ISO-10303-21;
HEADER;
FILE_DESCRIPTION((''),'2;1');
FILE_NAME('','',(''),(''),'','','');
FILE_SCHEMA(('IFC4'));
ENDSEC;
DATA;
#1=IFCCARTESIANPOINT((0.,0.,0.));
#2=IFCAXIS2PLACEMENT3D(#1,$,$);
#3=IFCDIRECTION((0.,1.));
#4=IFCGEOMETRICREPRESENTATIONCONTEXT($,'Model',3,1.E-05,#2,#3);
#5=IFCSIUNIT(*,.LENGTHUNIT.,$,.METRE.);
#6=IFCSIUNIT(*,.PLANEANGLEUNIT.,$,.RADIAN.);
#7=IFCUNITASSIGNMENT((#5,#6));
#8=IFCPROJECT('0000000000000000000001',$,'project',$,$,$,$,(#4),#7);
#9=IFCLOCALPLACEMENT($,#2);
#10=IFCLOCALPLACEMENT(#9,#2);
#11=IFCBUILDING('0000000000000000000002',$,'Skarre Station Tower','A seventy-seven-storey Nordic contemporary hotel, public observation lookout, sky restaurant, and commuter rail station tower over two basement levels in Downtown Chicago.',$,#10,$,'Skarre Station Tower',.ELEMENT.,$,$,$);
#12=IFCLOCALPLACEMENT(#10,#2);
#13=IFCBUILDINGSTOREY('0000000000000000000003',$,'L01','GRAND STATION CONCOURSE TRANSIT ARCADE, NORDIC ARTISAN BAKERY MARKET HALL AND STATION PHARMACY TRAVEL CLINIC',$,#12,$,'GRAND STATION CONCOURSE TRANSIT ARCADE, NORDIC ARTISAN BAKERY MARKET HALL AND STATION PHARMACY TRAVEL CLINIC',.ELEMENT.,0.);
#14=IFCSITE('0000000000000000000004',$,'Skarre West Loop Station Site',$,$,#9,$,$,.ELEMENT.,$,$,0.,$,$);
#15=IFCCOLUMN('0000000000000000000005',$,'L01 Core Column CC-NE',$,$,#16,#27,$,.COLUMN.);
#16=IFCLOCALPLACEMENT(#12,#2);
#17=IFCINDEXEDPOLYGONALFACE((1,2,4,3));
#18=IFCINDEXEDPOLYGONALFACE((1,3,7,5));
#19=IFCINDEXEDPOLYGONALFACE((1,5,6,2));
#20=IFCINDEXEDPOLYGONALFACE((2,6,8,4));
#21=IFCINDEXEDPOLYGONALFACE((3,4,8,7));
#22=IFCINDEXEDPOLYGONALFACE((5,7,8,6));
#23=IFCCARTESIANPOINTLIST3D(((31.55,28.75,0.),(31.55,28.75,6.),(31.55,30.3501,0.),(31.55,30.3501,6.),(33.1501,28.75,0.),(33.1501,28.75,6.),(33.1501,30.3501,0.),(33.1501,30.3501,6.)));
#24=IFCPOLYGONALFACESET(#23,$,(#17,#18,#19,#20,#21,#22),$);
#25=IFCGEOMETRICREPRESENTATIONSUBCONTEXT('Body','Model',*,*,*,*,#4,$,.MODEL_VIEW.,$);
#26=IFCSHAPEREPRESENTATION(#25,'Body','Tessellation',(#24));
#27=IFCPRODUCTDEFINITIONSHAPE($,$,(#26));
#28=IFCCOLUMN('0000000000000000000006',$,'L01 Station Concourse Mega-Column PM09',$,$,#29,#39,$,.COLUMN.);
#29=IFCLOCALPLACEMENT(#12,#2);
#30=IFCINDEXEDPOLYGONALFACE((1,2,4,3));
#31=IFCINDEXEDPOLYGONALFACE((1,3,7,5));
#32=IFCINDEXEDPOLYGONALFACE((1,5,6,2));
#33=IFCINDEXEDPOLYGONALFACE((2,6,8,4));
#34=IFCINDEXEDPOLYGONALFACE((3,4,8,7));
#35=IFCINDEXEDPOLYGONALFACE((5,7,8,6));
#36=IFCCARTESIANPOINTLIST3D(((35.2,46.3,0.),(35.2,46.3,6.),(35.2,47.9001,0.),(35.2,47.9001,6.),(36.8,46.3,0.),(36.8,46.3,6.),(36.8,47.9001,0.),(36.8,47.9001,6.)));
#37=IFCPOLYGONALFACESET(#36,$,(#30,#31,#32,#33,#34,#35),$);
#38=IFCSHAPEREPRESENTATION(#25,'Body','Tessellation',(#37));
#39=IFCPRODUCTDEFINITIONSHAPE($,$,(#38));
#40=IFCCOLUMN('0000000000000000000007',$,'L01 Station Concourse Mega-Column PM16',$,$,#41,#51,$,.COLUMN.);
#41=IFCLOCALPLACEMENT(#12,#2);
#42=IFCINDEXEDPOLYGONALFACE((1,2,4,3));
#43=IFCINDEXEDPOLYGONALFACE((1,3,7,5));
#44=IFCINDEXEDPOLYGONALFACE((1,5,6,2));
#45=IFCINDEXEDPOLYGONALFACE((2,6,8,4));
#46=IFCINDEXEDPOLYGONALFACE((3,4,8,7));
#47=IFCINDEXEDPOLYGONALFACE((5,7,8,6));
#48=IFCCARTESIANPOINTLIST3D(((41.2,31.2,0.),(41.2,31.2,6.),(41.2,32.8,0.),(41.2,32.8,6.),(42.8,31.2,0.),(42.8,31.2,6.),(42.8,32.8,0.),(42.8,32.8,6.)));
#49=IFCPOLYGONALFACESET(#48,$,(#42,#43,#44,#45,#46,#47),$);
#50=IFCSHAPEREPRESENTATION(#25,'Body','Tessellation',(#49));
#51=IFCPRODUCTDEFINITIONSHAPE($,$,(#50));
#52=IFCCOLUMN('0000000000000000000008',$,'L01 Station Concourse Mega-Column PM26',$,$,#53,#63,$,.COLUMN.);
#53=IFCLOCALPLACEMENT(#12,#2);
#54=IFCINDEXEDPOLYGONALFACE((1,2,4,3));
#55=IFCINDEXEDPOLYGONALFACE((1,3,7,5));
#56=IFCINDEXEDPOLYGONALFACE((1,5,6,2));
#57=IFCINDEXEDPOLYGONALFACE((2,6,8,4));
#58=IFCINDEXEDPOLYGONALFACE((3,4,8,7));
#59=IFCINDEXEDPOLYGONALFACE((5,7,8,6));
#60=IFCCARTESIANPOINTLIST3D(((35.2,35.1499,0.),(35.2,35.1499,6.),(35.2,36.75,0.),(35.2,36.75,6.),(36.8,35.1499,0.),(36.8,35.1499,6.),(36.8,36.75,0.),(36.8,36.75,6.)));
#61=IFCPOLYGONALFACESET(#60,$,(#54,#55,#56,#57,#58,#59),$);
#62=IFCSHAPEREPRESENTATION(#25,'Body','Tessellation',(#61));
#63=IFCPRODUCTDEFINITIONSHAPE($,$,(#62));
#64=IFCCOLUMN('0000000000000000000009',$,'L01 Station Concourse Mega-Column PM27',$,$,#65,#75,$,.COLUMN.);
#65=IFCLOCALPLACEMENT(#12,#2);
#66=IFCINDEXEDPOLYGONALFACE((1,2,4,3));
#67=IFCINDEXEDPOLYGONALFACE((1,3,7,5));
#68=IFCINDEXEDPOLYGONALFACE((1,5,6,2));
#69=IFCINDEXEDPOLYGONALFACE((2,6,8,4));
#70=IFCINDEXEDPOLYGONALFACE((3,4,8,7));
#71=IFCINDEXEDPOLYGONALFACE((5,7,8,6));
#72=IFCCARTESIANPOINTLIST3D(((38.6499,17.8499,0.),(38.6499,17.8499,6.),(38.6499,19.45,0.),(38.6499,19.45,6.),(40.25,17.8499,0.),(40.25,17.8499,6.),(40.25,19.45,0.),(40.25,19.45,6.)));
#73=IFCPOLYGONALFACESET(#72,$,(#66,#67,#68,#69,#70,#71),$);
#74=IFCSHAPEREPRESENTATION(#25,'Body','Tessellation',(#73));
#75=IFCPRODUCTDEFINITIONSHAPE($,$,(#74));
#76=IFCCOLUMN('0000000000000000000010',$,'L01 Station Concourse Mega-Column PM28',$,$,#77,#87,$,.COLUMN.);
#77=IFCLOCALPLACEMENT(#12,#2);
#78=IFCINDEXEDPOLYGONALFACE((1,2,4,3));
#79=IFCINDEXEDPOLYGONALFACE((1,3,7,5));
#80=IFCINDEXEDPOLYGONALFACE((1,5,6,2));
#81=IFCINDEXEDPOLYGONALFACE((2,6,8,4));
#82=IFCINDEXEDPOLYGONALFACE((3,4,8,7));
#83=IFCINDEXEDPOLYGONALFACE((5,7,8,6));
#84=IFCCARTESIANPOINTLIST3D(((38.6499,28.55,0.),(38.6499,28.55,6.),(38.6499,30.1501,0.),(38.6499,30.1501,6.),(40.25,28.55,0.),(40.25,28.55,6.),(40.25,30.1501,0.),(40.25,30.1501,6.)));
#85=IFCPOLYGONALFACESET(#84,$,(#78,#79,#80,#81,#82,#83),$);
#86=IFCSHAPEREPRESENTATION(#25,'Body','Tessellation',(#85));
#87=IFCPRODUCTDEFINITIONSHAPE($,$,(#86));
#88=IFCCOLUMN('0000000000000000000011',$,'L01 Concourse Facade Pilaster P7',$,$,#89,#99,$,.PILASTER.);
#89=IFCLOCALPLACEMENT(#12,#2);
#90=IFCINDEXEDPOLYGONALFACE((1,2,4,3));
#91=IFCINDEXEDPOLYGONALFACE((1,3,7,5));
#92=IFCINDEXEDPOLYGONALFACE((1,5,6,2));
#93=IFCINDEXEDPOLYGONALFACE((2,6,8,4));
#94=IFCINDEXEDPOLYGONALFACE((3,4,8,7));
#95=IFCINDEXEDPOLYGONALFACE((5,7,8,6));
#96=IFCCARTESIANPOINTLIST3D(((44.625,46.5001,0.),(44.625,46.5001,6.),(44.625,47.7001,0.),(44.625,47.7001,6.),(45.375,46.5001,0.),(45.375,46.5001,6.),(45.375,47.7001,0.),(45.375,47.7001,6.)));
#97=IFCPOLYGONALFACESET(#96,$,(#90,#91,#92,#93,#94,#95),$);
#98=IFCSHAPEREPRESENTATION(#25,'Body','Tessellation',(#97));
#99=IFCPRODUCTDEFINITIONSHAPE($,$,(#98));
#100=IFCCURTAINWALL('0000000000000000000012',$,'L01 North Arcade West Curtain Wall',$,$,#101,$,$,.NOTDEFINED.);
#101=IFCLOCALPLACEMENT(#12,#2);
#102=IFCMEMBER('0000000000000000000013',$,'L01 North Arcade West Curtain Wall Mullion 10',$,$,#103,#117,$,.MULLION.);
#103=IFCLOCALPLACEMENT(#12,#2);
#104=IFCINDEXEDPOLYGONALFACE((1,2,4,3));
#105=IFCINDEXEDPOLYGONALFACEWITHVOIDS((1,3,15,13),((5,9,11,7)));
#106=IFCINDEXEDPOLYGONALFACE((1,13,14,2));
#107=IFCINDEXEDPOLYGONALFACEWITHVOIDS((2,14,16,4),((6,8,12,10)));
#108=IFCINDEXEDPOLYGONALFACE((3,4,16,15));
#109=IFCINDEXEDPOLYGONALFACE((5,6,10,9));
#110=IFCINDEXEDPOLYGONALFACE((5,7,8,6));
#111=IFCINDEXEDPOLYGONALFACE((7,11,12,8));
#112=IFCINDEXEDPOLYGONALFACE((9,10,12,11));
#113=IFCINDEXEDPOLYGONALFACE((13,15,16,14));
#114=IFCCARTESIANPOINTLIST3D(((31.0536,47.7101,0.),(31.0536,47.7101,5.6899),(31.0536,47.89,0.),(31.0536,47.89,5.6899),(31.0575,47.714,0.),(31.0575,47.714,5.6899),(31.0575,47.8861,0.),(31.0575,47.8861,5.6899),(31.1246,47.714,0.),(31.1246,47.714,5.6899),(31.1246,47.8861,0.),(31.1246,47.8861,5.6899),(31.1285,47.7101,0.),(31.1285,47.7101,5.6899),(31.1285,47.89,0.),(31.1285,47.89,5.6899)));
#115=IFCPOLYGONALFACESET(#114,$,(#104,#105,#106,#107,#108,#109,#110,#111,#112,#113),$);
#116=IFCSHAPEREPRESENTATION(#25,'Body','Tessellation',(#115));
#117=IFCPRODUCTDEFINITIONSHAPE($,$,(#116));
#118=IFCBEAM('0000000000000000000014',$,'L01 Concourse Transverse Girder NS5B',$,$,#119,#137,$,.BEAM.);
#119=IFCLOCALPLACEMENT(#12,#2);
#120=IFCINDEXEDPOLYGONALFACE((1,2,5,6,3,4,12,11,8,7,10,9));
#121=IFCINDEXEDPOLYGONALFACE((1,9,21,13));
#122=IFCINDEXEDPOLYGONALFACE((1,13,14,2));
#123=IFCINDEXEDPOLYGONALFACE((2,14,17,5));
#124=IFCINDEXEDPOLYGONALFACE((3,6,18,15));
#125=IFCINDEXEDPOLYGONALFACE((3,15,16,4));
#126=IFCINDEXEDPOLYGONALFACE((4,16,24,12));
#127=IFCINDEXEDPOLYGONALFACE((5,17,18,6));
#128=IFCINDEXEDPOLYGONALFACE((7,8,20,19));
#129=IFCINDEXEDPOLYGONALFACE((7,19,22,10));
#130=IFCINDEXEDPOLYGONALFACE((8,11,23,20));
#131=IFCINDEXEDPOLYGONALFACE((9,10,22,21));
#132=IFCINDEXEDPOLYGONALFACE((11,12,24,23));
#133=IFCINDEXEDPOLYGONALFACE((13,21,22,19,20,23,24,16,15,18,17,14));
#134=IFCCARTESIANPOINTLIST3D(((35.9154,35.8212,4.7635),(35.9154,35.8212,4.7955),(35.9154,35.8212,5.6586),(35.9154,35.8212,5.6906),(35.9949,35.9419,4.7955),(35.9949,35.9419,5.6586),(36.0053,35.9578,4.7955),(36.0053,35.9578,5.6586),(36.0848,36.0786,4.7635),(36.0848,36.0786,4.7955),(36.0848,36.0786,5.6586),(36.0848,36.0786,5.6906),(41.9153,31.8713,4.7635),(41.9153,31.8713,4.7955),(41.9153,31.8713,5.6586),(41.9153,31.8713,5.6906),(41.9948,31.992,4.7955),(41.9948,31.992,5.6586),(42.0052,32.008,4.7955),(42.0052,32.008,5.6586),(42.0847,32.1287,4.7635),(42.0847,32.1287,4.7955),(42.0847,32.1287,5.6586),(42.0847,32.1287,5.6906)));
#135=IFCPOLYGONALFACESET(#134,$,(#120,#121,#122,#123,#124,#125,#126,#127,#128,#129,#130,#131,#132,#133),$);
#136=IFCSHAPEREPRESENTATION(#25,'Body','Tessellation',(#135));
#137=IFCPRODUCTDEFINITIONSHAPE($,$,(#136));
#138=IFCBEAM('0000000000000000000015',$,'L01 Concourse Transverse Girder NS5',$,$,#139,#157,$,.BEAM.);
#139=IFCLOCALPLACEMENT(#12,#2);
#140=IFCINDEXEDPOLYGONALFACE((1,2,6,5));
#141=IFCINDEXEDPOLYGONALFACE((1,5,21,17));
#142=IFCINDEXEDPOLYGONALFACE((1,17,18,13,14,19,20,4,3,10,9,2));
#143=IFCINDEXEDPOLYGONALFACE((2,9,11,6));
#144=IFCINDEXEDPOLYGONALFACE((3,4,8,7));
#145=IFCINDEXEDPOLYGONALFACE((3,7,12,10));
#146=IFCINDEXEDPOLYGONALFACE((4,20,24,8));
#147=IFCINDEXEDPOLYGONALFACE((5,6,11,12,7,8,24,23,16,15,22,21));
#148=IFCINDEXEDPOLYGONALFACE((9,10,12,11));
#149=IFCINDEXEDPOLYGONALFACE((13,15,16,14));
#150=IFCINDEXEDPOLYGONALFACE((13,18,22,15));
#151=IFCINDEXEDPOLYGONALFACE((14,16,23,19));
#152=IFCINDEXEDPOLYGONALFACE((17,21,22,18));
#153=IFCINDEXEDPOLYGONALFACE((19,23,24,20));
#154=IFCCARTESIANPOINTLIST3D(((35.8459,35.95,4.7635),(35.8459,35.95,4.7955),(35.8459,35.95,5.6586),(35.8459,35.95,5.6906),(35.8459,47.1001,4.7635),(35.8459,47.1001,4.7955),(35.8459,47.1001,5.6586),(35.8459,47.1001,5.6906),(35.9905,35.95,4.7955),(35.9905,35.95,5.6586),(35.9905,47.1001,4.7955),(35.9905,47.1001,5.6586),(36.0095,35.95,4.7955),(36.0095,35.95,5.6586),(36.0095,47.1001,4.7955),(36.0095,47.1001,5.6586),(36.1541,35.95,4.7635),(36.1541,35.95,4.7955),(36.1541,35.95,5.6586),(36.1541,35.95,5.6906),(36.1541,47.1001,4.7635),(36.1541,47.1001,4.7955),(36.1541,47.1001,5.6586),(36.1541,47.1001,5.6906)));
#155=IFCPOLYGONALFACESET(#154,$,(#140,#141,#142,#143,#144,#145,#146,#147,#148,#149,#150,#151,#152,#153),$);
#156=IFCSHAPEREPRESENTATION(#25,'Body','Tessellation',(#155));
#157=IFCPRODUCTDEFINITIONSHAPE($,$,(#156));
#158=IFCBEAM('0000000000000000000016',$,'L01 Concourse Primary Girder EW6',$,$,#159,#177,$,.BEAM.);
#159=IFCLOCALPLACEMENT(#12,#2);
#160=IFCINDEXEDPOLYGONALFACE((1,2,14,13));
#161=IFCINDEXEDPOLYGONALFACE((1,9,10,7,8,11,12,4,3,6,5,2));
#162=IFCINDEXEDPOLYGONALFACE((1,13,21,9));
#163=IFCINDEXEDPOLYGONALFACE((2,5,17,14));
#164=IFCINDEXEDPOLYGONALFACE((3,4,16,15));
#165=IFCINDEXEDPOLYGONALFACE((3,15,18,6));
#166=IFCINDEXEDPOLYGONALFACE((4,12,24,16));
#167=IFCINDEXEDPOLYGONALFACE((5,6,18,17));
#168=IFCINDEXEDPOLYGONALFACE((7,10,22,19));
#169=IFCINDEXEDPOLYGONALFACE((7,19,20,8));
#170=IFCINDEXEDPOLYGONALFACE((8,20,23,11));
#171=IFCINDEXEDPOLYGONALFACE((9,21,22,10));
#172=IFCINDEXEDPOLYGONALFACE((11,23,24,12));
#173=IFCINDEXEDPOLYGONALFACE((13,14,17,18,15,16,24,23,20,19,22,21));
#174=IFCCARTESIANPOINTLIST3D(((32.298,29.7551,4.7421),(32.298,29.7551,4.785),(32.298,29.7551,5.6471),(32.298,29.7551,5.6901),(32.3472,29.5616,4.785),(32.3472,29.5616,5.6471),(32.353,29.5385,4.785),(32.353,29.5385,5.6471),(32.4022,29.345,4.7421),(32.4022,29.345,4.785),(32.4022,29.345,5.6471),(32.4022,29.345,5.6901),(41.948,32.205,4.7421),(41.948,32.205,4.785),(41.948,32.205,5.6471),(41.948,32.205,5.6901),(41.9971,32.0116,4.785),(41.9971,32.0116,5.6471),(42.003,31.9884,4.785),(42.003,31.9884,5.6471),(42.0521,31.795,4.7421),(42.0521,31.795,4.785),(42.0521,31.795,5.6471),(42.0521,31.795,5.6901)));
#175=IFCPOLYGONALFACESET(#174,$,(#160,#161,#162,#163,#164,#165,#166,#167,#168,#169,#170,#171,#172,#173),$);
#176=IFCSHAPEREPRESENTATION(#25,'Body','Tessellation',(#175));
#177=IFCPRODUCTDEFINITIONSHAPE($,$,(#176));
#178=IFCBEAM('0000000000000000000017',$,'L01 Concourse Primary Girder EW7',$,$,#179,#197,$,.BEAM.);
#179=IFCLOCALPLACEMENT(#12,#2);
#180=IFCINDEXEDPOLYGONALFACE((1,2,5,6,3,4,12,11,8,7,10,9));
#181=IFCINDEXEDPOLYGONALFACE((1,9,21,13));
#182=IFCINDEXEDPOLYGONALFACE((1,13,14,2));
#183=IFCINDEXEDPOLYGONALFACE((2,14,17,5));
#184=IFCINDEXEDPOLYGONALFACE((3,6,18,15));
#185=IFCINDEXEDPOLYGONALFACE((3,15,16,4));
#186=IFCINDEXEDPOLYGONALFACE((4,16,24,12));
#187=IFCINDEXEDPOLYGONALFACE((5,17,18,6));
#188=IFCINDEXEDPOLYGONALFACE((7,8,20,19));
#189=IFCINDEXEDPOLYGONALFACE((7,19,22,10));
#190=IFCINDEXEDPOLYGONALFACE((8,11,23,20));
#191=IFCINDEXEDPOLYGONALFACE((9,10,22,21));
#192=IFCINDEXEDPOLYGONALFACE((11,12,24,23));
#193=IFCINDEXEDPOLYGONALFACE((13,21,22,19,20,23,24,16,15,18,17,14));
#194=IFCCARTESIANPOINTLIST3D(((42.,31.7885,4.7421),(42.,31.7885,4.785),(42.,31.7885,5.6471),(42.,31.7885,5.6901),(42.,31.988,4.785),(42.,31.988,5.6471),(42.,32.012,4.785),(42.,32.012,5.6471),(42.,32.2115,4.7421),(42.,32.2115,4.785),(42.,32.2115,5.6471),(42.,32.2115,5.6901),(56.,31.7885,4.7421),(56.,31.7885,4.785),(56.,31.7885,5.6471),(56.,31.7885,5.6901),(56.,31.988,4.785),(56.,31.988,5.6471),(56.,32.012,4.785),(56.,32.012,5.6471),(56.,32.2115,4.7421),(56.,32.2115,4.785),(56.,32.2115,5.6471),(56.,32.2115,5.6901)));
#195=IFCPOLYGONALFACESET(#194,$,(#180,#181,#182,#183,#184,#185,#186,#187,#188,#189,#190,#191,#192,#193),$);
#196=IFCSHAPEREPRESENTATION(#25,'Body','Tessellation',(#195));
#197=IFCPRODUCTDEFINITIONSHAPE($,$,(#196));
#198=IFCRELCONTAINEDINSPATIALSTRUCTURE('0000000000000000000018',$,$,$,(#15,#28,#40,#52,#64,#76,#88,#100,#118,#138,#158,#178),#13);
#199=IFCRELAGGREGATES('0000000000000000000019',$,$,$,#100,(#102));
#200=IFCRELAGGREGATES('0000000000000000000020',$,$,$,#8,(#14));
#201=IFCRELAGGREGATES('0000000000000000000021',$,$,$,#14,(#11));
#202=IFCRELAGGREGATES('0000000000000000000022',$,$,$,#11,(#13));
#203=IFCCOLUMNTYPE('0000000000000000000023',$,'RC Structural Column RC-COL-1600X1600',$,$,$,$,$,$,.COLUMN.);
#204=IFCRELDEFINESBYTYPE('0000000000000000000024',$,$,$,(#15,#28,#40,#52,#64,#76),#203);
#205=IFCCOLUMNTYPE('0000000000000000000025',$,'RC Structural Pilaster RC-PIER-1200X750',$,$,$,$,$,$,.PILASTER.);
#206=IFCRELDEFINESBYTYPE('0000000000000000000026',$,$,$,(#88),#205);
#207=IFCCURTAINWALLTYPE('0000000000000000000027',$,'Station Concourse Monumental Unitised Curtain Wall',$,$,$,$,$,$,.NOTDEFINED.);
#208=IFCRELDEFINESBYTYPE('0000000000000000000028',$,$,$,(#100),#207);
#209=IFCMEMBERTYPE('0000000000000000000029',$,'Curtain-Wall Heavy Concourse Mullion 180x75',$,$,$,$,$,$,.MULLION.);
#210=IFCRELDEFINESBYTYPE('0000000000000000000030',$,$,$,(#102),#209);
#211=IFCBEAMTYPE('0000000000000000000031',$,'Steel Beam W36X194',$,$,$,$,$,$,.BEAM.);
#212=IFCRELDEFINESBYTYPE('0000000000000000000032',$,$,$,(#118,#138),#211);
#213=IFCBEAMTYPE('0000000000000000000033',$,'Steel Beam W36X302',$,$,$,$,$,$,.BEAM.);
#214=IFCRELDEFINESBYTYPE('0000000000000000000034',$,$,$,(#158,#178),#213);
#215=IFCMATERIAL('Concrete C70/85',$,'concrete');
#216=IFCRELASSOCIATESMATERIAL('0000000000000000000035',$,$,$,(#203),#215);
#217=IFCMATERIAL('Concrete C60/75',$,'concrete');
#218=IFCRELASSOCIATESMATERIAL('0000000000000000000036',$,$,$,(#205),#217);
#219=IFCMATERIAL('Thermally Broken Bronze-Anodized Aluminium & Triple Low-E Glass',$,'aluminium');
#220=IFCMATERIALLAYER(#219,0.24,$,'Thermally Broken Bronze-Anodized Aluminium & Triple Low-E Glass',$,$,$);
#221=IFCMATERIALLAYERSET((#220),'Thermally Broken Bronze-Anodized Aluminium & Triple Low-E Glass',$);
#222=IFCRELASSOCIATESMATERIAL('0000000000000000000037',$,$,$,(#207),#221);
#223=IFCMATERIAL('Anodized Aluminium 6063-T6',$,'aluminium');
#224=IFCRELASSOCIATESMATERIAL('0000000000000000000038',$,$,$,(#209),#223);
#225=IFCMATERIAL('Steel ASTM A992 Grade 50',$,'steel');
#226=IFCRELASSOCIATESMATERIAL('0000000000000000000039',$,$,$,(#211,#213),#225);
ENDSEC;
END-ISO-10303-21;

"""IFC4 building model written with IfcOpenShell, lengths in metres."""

from ifc_helpers import new_model, si_unit, direction, frame, origin, origin_2d, place, context, subcontext, project, spatial, rectangle, hollow_rectangle, i_section, extrude, material, layer, layer_set, material_profile, profile_set, type_object, element, aggregate, save


model = new_model("IFC4")

# Units and contexts
model_context = context("Model", 3, precision=1e-05, world=origin(), true_north=direction((0.0, 1.0)))
body_context = subcontext(model_context, "Body", "Model", "MODEL_VIEW")
ifc_project = project(units=[si_unit("LENGTHUNIT", "METRE"), si_unit("PLANEANGLEUNIT", "RADIAN")], contexts=[model_context])

# Site, building, storey
site_placement = place(None, origin())
site = spatial("IfcSite", under=ifc_project, at=site_placement, Name="Skarre West Loop Station Site", CompositionType="ELEMENT", RefElevation=0.0)
building_placement = place(site_placement, origin())
building = spatial("IfcBuilding", under=site, at=building_placement, Name="Skarre Station Tower", Description="A seventy-seven-storey Nordic contemporary hotel, public observation lookout, sky restaurant, and commuter rail station tower over two basement levels in Downtown Chicago.", LongName="Skarre Station Tower", CompositionType="ELEMENT")
storey_placement = place(building_placement, origin())
storey = spatial("IfcBuildingStorey", under=building, at=storey_placement, Name="L01", Description="GRAND STATION CONCOURSE TRANSIT ARCADE, NORDIC ARTISAN BAKERY MARKET HALL AND STATION PHARMACY TRAVEL CLINIC", LongName="GRAND STATION CONCOURSE TRANSIT ARCADE, NORDIC ARTISAN BAKERY MARKET HALL AND STATION PHARMACY TRAVEL CLINIC", CompositionType="ELEMENT", Elevation=0.0)

# Columns
ifc_material_1 = material(Name="Concrete C70/85", Category="concrete")
ifc_material_profile_1 = material_profile(ifc_material_1, rectangle(XDim=1.6001, YDim=1.6001, at=origin_2d()), Name="Concrete C70/85")
ifc_profile_set_1 = profile_set([ifc_material_profile_1], Name="Concrete C70/85")
column_type_1 = type_object("IfcColumnType", Name="RC Structural Column RC-COL-1600X1600", PredefinedType="COLUMN", material=ifc_profile_set_1)
for number, where, z_axis, x_axis, name in (
    (1, (32.3501, 29.55, 0.0), (0.0, 0.0, 1.0), (1.0, 0.0, 0.0), "L01 Core Column CC-NE"),
    (2, (36.0, 47.1001, 0.0), (0.0, 0.0, 1.0), (1.0, 0.0, 0.0), "L01 Station Concourse Mega-Column PM09"),
    (3, (42.0, 32.0, 0.0), (0.0, 0.0, 1.0), (1.0, 0.0, 0.0), "L01 Station Concourse Mega-Column PM16"),
    (4, (36.0, 35.95, 0.0), (0.0, 0.0, 1.0), (1.0, 0.0, 0.0), "L01 Station Concourse Mega-Column PM26"),
    (5, (39.45, 18.6499, 0.0), (0.0, 0.0, 1.0), (1.0, 0.0, 0.0), "L01 Station Concourse Mega-Column PM27"),
    (6, (39.45, 29.3501, 0.0), (0.0, 0.0, 1.0), (1.0, 0.0, 0.0), "L01 Station Concourse Mega-Column PM28"),
):
    element("IfcColumn", number, at=place(storey_placement, frame(where, z_axis=z_axis, x_axis=x_axis)), inside=storey, type_object=column_type_1, Name=name, PredefinedType="COLUMN", context=body_context, shape_type="SweptSolid", body=[
        extrude(rectangle(XDim=1.6001, YDim=1.6001, at=origin_2d()), origin(), (0.0, 0.0, 1.0), 6.0),
    ])
ifc_material_2 = material(Name="Concrete C60/75", Category="concrete")
ifc_material_profile_2 = material_profile(ifc_material_2, rectangle(XDim=0.75, YDim=1.2, at=origin_2d()), Name="Concrete C60/75")
ifc_profile_set_2 = profile_set([ifc_material_profile_2], Name="Concrete C60/75")
column_type_2 = type_object("IfcColumnType", Name="RC Structural Pilaster RC-PIER-1200X750", PredefinedType="PILASTER", material=ifc_profile_set_2)
column_placement = place(storey_placement, frame((45.0, 47.1001, 0.0), z_axis=(0.0, 0.0, 1.0), x_axis=(1.0, 0.0, 0.0)))
element("IfcColumn", 7, at=column_placement, inside=storey, type_object=column_type_2, Name="L01 Concourse Facade Pilaster P7", PredefinedType="PILASTER", context=body_context, shape_type="SweptSolid", body=[
    extrude(rectangle(XDim=0.75, YDim=1.2, at=origin_2d()), origin(), (0.0, 0.0, 1.0), 6.0),
])

# Curtain wall, member
ifc_material_3 = material(Name="Thermally Broken Bronze-Anodized Aluminium & Triple Low-E Glass", Category="aluminium")
ifc_layer_1 = layer(ifc_material_3, 0.24, Name="Thermally Broken Bronze-Anodized Aluminium & Triple Low-E Glass")
ifc_layer_set_1 = layer_set([ifc_layer_1], Name="Thermally Broken Bronze-Anodized Aluminium & Triple Low-E Glass")
curtain_wall_type = type_object("IfcCurtainWallType", Name="Station Concourse Monumental Unitised Curtain Wall", PredefinedType="NOTDEFINED", material=ifc_layer_set_1)
curtain_wall_placement = place(storey_placement, origin())
curtain_wall = element("IfcCurtainWall", 8, at=curtain_wall_placement, inside=storey, type_object=curtain_wall_type, Name="L01 North Arcade West Curtain Wall", PredefinedType="NOTDEFINED")
ifc_material_4 = material(Name="Anodized Aluminium 6063-T6", Category="aluminium")
ifc_material_profile_3 = material_profile(ifc_material_4, hollow_rectangle(XDim=0.075, YDim=0.1799, WallThickness=0.0039, at=origin_2d()), Name="Anodized Aluminium 6063-T6")
ifc_profile_set_3 = profile_set([ifc_material_profile_3], Name="Anodized Aluminium 6063-T6")
member_type = type_object("IfcMemberType", Name="Curtain-Wall Heavy Concourse Mullion 180x75", PredefinedType="MULLION", material=ifc_profile_set_3)
member_placement = place(storey_placement, frame((31.0911, 47.8, 0.0), z_axis=(0.0, 0.0, 1.0), x_axis=(1.0, 0.0, 0.0)))
member = element("IfcMember", 9, at=member_placement, type_object=member_type, Name="L01 North Arcade West Curtain Wall Mullion 10", PredefinedType="MULLION", context=body_context, shape_type="SweptSolid", body=[
    extrude(hollow_rectangle(XDim=0.075, YDim=0.1799, WallThickness=0.0039, at=origin_2d()), origin(), (0.0, 0.0, 1.0), 5.6899),
])

# Beams
ifc_material_5 = material(Name="Steel ASTM A992 Grade 50", Category="steel")
ifc_material_profile_4 = material_profile(ifc_material_5, i_section(OverallWidth=0.3081, OverallDepth=0.927, WebThickness=0.019, FlangeThickness=0.032, at=origin_2d()), Name="Steel ASTM A992 Grade 50")
ifc_profile_set_4 = profile_set([ifc_material_profile_4], Name="Steel ASTM A992 Grade 50")
beam_type_1 = type_object("IfcBeamType", Name="Steel Beam W36X194", PredefinedType="BEAM", material=ifc_profile_set_4)
beam_1_placement = place(storey_placement, frame((42.0, 32.0, 5.2271), z_axis=(-0.835252, 0.549867, 0.0), x_axis=(-0.549867, -0.835252, 0.0)))
element("IfcBeam", 10, at=beam_1_placement, inside=storey, type_object=beam_type_1, Name="L01 Concourse Transverse Girder NS5B", PredefinedType="BEAM", context=body_context, shape_type="SweptSolid", body=[
    extrude(i_section(OverallWidth=0.3081, OverallDepth=0.927, WebThickness=0.019, FlangeThickness=0.032, at=origin_2d()), origin(), (0.0, 0.0, 1.0), 7.1833),
])
beam_2_placement = place(storey_placement, frame((36.0, 35.95, 5.2271), z_axis=(0.0, 1.0, 0.0), x_axis=(-1.0, 0.0, 0.0)))
element("IfcBeam", 11, at=beam_2_placement, inside=storey, type_object=beam_type_1, Name="L01 Concourse Transverse Girder NS5", PredefinedType="BEAM", context=body_context, shape_type="SweptSolid", body=[
    extrude(i_section(OverallWidth=0.3081, OverallDepth=0.927, WebThickness=0.019, FlangeThickness=0.032, at=origin_2d()), origin(), (0.0, 0.0, 1.0), 11.1501),
])
ifc_material_profile_5 = material_profile(ifc_material_5, i_section(OverallWidth=0.4231, OverallDepth=0.948, WebThickness=0.0239, FlangeThickness=0.043, at=origin_2d()), Name="Steel ASTM A992 Grade 50")
ifc_profile_set_5 = profile_set([ifc_material_profile_5], Name="Steel ASTM A992 Grade 50")
beam_type_2 = type_object("IfcBeamType", Name="Steel Beam W36X302", PredefinedType="BEAM", material=ifc_profile_set_5)
beam_3_placement = place(storey_placement, frame((32.3501, 29.55, 5.2161), z_axis=(0.96925, 0.246077, 0.0), x_axis=(-0.246077, 0.96925, 0.0)))
element("IfcBeam", 12, at=beam_3_placement, inside=storey, type_object=beam_type_2, Name="L01 Concourse Primary Girder EW6", PredefinedType="BEAM", context=body_context, shape_type="SweptSolid", body=[
    extrude(i_section(OverallWidth=0.4231, OverallDepth=0.948, WebThickness=0.0239, FlangeThickness=0.043, at=origin_2d()), origin(), (0.0, 0.0, 1.0), 9.9561),
])
beam_4_placement = place(storey_placement, frame((42.0, 32.0, 5.2161), z_axis=(1.0, 0.0, 0.0), x_axis=(0.0, 1.0, 0.0)))
element("IfcBeam", 13, at=beam_4_placement, inside=storey, type_object=beam_type_2, Name="L01 Concourse Primary Girder EW7", PredefinedType="BEAM", context=body_context, shape_type="SweptSolid", body=[
    extrude(i_section(OverallWidth=0.4231, OverallDepth=0.948, WebThickness=0.0239, FlangeThickness=0.043, at=origin_2d()), origin(), (0.0, 0.0, 1.0), 14.0),
])

aggregate(curtain_wall, [member])

save(model, "model.ifc")
